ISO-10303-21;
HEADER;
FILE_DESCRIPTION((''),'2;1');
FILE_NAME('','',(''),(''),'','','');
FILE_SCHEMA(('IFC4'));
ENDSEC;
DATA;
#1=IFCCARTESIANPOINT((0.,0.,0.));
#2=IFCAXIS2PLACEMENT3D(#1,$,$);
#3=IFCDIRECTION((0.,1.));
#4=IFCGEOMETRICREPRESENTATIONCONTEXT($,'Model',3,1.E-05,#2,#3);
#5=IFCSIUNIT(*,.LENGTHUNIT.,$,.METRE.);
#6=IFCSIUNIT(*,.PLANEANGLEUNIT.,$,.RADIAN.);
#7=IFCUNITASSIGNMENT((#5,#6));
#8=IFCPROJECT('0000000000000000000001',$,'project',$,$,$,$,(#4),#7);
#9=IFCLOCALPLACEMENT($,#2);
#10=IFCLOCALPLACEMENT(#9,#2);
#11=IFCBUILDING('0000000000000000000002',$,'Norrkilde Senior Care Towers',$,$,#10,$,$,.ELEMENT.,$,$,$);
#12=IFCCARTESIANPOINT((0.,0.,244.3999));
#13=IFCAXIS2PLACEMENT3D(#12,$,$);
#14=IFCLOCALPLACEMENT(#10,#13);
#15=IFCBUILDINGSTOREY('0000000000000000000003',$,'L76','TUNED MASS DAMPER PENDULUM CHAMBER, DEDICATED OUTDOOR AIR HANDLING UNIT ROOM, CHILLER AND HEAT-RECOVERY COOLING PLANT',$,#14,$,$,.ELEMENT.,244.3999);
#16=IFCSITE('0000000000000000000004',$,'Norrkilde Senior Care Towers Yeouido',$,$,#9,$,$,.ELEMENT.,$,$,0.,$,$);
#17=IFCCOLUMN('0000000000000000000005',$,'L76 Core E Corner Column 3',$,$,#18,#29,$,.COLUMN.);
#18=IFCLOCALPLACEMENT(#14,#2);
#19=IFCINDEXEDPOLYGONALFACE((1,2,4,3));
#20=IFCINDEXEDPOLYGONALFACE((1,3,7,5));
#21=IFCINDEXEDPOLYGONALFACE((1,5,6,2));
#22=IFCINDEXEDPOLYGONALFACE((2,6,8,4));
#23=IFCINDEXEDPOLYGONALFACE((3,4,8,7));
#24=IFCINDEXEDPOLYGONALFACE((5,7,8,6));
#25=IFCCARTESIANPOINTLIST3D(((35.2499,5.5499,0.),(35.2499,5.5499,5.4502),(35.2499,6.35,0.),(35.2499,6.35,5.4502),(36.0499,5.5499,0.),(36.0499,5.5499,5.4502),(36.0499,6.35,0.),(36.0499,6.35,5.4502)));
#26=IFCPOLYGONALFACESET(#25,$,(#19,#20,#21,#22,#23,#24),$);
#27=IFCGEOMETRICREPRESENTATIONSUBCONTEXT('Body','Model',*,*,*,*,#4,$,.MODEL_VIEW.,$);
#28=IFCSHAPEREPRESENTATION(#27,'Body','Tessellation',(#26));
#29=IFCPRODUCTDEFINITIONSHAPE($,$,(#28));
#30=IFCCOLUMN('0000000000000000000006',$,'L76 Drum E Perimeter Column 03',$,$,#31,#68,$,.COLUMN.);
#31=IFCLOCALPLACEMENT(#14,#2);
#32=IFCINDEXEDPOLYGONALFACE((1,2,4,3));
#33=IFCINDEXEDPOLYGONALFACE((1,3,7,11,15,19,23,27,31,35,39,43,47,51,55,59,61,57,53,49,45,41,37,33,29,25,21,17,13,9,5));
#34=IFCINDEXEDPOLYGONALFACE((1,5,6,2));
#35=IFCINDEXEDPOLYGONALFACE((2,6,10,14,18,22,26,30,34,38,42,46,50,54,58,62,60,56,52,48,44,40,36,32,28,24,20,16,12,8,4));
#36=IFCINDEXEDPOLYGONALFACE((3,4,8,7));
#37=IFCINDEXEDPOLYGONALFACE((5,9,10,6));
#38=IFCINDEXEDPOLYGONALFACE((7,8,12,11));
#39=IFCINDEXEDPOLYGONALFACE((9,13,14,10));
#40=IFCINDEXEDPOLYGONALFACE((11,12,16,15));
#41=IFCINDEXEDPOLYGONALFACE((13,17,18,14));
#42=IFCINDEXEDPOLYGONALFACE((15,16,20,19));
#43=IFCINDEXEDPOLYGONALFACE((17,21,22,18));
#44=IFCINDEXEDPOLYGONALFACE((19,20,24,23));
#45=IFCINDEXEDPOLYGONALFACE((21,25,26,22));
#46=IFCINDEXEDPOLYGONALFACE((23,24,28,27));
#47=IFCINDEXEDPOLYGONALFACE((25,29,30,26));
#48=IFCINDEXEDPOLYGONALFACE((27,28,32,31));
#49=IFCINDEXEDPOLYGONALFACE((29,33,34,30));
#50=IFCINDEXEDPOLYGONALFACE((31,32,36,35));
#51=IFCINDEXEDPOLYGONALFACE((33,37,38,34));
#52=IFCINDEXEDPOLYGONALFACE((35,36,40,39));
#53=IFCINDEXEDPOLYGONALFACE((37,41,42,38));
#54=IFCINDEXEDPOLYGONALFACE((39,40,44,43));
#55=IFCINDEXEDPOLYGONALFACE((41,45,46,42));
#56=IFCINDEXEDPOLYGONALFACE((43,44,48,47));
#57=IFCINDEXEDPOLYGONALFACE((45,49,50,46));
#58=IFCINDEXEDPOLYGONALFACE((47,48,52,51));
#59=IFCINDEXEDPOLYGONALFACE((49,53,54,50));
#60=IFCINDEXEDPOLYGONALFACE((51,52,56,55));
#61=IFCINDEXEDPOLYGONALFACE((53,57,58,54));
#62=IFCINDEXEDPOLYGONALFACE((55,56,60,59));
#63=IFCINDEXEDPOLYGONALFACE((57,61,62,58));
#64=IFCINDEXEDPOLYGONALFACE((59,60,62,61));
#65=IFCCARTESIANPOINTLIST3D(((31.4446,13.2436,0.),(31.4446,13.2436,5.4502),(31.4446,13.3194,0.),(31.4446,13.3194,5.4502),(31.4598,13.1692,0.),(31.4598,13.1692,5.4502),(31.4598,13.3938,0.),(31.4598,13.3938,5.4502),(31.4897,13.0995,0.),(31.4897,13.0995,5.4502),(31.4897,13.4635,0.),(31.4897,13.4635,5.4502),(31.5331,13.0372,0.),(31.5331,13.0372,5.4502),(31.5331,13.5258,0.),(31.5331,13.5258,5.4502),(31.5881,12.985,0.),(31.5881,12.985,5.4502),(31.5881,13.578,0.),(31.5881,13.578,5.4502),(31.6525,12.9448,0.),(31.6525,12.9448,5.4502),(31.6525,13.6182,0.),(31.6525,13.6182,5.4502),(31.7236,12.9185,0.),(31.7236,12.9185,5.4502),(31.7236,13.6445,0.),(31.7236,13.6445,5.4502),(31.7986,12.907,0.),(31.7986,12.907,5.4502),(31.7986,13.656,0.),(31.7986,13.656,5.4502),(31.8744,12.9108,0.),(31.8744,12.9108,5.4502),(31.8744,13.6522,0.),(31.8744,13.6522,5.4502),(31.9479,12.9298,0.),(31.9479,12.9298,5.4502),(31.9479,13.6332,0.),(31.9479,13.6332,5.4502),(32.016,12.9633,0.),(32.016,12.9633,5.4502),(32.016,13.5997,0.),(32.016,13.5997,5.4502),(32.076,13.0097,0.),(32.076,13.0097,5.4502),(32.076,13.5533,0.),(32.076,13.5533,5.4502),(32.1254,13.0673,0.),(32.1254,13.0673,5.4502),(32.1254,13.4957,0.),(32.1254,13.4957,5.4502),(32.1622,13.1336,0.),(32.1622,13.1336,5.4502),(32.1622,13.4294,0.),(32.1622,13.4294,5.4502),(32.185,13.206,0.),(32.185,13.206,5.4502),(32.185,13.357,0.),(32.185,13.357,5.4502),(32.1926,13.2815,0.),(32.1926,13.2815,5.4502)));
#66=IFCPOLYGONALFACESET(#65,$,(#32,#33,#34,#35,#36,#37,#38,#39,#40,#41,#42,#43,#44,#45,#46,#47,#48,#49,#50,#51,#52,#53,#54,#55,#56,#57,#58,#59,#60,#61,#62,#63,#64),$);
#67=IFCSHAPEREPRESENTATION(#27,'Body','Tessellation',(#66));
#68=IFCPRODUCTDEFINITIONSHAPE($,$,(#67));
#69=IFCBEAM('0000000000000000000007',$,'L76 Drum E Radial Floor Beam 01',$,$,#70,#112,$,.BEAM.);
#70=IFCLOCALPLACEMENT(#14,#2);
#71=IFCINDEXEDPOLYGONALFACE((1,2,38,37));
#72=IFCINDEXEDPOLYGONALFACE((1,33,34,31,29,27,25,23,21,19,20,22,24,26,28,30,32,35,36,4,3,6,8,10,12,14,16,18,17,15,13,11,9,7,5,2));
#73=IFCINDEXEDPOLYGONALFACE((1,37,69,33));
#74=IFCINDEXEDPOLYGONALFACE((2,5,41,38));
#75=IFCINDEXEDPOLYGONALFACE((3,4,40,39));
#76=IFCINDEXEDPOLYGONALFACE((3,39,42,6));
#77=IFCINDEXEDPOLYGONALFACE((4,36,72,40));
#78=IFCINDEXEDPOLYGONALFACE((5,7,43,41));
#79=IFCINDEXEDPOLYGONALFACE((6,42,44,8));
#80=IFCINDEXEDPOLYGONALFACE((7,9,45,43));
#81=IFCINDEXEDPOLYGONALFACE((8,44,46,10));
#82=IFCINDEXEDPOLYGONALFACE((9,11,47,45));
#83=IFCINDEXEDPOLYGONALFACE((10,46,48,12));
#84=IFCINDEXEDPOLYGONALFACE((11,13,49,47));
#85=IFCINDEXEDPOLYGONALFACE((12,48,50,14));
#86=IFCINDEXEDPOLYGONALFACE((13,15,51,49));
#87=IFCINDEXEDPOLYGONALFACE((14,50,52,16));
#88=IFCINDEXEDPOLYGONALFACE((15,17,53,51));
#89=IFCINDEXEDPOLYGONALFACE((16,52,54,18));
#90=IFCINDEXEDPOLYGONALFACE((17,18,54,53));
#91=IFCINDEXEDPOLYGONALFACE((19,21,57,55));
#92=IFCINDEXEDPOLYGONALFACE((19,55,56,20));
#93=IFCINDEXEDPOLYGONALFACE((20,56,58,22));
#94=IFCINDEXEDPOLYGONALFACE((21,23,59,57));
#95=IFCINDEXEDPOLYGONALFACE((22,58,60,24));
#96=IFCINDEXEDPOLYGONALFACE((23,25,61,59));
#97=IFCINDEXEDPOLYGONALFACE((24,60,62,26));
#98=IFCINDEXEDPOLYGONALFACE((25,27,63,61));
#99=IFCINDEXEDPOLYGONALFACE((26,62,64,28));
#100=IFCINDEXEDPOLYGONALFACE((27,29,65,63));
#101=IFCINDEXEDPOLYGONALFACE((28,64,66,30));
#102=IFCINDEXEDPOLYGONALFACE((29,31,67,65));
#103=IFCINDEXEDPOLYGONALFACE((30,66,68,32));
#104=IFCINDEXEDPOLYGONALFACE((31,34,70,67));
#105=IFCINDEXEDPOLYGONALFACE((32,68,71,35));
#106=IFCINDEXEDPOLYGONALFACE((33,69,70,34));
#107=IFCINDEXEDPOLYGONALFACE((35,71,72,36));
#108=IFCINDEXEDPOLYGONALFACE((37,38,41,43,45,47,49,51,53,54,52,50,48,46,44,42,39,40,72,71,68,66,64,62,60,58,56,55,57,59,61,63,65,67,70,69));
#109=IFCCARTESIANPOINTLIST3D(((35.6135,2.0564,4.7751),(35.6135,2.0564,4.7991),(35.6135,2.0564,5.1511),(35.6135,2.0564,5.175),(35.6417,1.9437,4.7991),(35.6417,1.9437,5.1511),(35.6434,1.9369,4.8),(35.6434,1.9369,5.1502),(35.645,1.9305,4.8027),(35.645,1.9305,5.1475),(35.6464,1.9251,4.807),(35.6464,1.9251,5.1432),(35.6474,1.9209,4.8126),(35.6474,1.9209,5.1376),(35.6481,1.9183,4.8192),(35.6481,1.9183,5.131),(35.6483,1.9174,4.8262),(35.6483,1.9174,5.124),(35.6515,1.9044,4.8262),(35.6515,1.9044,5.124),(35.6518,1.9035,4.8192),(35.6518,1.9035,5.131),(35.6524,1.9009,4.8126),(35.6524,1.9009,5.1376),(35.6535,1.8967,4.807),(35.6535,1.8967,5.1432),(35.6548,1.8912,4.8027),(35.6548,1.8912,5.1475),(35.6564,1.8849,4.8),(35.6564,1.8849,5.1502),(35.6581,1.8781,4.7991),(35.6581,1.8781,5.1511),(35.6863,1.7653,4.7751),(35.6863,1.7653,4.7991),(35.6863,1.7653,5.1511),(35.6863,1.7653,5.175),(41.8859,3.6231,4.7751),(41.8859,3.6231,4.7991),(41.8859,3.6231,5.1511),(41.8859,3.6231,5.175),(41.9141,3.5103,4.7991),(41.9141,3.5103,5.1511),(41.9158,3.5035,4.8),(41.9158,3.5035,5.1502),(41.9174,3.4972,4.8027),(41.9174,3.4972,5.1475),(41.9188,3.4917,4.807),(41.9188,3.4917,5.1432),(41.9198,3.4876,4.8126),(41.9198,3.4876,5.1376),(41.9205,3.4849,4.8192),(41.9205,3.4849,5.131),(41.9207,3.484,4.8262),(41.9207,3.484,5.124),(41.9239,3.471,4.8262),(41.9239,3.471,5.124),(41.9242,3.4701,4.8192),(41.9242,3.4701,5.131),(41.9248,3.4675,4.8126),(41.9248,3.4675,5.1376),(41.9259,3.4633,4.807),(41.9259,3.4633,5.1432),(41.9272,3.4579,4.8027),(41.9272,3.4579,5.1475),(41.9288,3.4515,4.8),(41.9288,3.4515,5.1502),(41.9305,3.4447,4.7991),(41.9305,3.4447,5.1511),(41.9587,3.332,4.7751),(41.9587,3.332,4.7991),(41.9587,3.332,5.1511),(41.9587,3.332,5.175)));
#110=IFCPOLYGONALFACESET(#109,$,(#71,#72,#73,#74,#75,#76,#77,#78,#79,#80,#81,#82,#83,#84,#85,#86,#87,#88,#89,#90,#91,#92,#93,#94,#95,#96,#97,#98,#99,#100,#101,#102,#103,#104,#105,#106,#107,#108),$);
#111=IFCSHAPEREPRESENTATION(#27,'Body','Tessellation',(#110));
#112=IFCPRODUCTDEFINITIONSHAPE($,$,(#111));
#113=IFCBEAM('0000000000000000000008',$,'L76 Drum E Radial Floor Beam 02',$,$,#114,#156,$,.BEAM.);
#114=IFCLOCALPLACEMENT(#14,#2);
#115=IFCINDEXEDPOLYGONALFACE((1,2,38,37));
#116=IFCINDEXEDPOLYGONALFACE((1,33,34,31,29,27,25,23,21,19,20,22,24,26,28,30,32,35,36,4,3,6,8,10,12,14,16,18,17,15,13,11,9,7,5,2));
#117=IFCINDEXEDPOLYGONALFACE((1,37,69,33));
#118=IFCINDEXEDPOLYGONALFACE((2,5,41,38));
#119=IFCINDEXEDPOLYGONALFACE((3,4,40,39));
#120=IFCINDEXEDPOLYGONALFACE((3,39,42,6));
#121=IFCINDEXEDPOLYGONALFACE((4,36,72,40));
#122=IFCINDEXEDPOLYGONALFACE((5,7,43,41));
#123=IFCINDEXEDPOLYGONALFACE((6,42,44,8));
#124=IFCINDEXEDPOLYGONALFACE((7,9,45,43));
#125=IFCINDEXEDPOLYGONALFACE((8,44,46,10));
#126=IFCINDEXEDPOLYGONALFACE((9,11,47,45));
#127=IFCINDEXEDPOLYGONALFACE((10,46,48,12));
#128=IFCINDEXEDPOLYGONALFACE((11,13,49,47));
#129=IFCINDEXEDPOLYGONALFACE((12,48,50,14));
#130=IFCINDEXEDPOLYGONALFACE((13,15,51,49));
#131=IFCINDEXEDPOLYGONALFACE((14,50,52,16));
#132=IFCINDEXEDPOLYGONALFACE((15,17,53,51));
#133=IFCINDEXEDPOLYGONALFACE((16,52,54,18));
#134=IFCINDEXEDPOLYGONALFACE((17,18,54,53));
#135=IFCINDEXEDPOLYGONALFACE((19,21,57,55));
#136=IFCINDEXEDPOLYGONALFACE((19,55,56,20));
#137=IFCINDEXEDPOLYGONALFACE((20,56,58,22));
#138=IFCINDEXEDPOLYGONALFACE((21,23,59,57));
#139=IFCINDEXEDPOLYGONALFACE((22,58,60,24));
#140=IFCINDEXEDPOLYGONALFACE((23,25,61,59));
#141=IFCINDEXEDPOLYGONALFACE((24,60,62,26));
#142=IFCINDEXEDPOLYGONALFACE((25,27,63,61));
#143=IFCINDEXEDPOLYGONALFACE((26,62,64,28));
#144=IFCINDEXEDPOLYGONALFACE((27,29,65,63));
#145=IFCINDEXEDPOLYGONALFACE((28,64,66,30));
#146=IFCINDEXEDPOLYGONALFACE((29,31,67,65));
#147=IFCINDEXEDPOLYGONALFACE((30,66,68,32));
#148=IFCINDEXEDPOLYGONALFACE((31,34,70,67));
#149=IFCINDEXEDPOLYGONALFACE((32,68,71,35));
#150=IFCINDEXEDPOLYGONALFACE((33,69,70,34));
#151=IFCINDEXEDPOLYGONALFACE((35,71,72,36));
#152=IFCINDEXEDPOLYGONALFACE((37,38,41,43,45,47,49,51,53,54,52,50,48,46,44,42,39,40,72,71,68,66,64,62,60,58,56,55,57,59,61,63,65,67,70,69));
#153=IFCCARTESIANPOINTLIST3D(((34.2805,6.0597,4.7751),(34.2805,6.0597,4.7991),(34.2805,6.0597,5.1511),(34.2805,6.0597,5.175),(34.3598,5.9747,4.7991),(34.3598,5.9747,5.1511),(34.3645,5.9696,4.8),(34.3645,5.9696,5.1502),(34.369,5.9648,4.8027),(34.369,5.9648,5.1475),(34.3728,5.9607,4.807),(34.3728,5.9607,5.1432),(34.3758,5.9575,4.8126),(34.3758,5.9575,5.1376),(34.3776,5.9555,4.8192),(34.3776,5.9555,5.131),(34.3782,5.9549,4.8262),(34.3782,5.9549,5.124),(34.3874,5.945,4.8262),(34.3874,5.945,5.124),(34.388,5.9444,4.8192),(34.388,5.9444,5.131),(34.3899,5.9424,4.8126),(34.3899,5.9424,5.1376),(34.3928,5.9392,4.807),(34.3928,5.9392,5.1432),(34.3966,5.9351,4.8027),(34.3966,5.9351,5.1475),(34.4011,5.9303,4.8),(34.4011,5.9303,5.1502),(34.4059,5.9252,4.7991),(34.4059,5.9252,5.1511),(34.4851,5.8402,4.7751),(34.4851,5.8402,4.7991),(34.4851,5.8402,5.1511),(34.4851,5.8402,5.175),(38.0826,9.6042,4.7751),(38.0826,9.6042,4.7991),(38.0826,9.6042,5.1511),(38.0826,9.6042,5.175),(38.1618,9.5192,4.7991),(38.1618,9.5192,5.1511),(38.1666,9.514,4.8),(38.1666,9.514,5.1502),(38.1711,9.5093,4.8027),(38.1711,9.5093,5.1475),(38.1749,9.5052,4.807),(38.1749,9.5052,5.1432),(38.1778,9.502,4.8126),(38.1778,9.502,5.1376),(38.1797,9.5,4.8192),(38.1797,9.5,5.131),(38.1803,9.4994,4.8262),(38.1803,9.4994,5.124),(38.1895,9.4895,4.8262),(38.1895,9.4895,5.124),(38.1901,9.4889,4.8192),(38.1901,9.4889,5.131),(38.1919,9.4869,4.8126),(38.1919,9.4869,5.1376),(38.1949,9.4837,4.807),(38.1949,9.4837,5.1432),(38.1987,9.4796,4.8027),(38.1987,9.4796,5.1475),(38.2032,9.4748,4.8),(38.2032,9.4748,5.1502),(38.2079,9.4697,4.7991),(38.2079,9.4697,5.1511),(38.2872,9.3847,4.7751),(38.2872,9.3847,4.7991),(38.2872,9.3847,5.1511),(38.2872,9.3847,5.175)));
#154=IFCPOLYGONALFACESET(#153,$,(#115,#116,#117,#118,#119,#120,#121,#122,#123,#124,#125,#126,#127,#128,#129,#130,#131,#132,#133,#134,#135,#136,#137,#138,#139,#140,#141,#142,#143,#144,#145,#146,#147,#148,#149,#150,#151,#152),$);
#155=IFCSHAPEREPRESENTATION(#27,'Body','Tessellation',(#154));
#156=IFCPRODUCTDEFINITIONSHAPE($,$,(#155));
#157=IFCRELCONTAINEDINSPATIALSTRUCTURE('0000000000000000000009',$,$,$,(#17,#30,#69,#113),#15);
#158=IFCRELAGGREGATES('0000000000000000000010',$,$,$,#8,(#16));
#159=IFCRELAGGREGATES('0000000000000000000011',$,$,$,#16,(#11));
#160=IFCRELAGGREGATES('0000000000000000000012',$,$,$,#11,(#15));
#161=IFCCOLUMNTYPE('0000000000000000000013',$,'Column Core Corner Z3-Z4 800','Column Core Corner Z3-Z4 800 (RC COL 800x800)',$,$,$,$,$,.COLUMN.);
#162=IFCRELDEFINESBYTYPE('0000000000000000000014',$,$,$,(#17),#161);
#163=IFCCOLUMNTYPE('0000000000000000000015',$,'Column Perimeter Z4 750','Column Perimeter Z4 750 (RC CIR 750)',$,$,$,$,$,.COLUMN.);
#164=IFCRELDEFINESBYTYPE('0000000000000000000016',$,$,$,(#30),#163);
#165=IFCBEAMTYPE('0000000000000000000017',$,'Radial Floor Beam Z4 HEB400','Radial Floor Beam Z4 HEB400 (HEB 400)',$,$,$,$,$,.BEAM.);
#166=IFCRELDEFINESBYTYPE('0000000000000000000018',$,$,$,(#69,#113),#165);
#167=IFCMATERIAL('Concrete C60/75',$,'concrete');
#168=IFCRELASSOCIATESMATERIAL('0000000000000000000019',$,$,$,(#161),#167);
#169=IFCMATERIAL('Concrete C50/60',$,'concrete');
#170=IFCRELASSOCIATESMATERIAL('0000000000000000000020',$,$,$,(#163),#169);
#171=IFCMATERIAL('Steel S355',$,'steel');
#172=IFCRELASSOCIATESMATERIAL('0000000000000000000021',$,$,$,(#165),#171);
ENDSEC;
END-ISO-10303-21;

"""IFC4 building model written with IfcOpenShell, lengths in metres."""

from ifc_helpers import new_model, si_unit, direction, frame, origin, origin_2d, place, context, subcontext, project, spatial, rectangle, circle, i_section, extrude, source, transform, mapped, material, material_profile, profile_set, type_object, type_shapes, element, save


model = new_model("IFC4")

# Units and contexts
model_context = context("Model", 3, precision=1e-05, world=origin(), true_north=direction((0.0, 1.0)))
body_context = subcontext(model_context, "Body", "Model", "MODEL_VIEW")
ifc_project = project(units=[si_unit("LENGTHUNIT", "METRE"), si_unit("PLANEANGLEUNIT", "RADIAN")], contexts=[model_context])

# Site, building, storey
site_placement = place(None, origin())
site = spatial("IfcSite", under=ifc_project, at=site_placement, Name="Norrkilde Senior Care Towers Yeouido", CompositionType="ELEMENT", RefElevation=0.0)
building_placement = place(site_placement, origin())
building = spatial("IfcBuilding", under=site, at=building_placement, Name="Norrkilde Senior Care Towers", CompositionType="ELEMENT")
storey_placement = place(building_placement, frame((0.0, 0.0, 244.3999)))
storey = spatial("IfcBuildingStorey", under=building, at=storey_placement, Name="L76", Description="TUNED MASS DAMPER PENDULUM CHAMBER, DEDICATED OUTDOOR AIR HANDLING UNIT ROOM, CHILLER AND HEAT-RECOVERY COOLING PLANT", CompositionType="ELEMENT", Elevation=244.3999)

# Columns
ifc_material_1 = material(Name="Concrete C60/75", Category="concrete")
ifc_material_profile_1 = material_profile(ifc_material_1, rectangle(XDim=0.8, YDim=0.8, at=origin_2d()), Name="RC COL 800x800")
ifc_profile_set_1 = profile_set([ifc_material_profile_1], Name="Concrete C60/75")
column_type_1 = type_object("IfcColumnType", Name="Column Core Corner Z3-Z4 800", Description="Column Core Corner Z3-Z4 800 (RC COL 800x800)", PredefinedType="COLUMN", material=ifc_profile_set_1)
shared_shape_1 = source(origin(), body_context, "Body", "SweptSolid", [
    extrude(rectangle(XDim=0.8, YDim=0.8, at=origin_2d()), origin(), (0.0, 0.0, 1.0), 5.4502),
])
type_shapes(column_type_1, [shared_shape_1])
column_1_placement = place(storey_placement, frame((35.6499, 5.95, 0.0), z_axis=(0.0, 0.0, 1.0), x_axis=(1.0, 0.0, 0.0)))
element("IfcColumn", 1, at=column_1_placement, inside=storey, type_object=column_type_1, Name="L76 Core E Corner Column 3", PredefinedType="COLUMN", context=body_context, shape_type="MappedRepresentation", body=[
    mapped(shared_shape_1, transform((0.0, 0.0, 0.0), x_axis=(1.0, 0.0, 0.0), y_axis=(0.0, 1.0, 0.0), z_axis=(0.0, 0.0, 1.0), scale=1.0)),
])
ifc_material_2 = material(Name="Concrete C50/60", Category="concrete")
ifc_material_profile_2 = material_profile(ifc_material_2, circle(Radius=0.375, at=origin_2d()), Name="RC CIR 750")
ifc_profile_set_2 = profile_set([ifc_material_profile_2], Name="Concrete C50/60")
column_type_2 = type_object("IfcColumnType", Name="Column Perimeter Z4 750", Description="Column Perimeter Z4 750 (RC CIR 750)", PredefinedType="COLUMN", material=ifc_profile_set_2)
shared_shape_2 = source(origin(), body_context, "Body", "SweptSolid", [
    extrude(circle(Radius=0.375, at=origin_2d()), origin(), (0.0, 0.0, 1.0), 5.4502),
])
type_shapes(column_type_2, [shared_shape_2])
column_2_placement = place(storey_placement, frame((31.8176, 13.2815, 0.0), z_axis=(0.0, 0.0, 1.0), x_axis=(1.0, 0.0, 0.0)))
element("IfcColumn", 2, at=column_2_placement, inside=storey, type_object=column_type_2, Name="L76 Drum E Perimeter Column 03", PredefinedType="COLUMN", context=body_context, shape_type="MappedRepresentation", body=[
    mapped(shared_shape_2, transform((0.0, 0.0, 0.0), x_axis=(1.0, 0.0, 0.0), y_axis=(0.0, 1.0, 0.0), z_axis=(0.0, 0.0, 1.0), scale=1.0)),
])

# Beams
ifc_material_3 = material(Name="Steel S355", Category="steel")
ifc_material_profile_3 = material_profile(ifc_material_3, i_section(OverallWidth=0.3, OverallDepth=0.3999, WebThickness=0.0134, FlangeThickness=0.0239, FilletRadius=0.0271, at=origin_2d()), Name="HEB 400")
ifc_profile_set_3 = profile_set([ifc_material_profile_3], Name="Steel S355")
beam_type_1 = type_object("IfcBeamType", Name="Radial Floor Beam Z4 HEB400", Description="Radial Floor Beam Z4 HEB400 (HEB 400)", PredefinedType="BEAM", material=ifc_profile_set_3)
shared_shape_3 = source(origin(), body_context, "Body", "SweptSolid", [
    extrude(i_section(OverallWidth=0.3, OverallDepth=0.3999, WebThickness=0.0134, FlangeThickness=0.0239, FilletRadius=0.0271, at=origin_2d()), origin(), (0.0, 0.0, 1.0), 6.4651),
])
beam_1_placement = place(storey_placement, frame((35.6499, 1.9109, 4.9751), z_axis=(0.970196, 0.242322, 0.0), x_axis=(-0.242322, 0.970196, 0.0)))
element("IfcBeam", 3, at=beam_1_placement, inside=storey, type_object=beam_type_1, Name="L76 Drum E Radial Floor Beam 01", PredefinedType="BEAM", context=body_context, shape_type="MappedRepresentation", body=[
    mapped(shared_shape_3, transform((0.0, 0.0, 0.0), x_axis=(1.0, 0.0, 0.0), y_axis=(0.0, 1.0, 0.0), z_axis=(0.0, 0.0, 1.0), scale=1.0)),
])
shared_shape_4 = source(origin(), body_context, "Body", "SweptSolid", [
    extrude(i_section(OverallWidth=0.3, OverallDepth=0.3999, WebThickness=0.0134, FlangeThickness=0.0239, FilletRadius=0.0271, at=origin_2d()), origin(), (0.0, 0.0, 1.0), 5.198),
])
beam_2_placement = place(storey_placement, frame((34.3828, 5.95, 4.9751), z_axis=(0.731449, 0.681896, 0.0), x_axis=(-0.681896, 0.731449, 0.0)))
element("IfcBeam", 4, at=beam_2_placement, inside=storey, type_object=beam_type_1, Name="L76 Drum E Radial Floor Beam 02", PredefinedType="BEAM", context=body_context, shape_type="MappedRepresentation", body=[
    mapped(shared_shape_4, transform((0.0, 0.0, 0.0), x_axis=(1.0, 0.0, 0.0), y_axis=(0.0, 1.0, 0.0), z_axis=(0.0, 0.0, 1.0), scale=1.0)),
])

save(model, "model.ifc")
